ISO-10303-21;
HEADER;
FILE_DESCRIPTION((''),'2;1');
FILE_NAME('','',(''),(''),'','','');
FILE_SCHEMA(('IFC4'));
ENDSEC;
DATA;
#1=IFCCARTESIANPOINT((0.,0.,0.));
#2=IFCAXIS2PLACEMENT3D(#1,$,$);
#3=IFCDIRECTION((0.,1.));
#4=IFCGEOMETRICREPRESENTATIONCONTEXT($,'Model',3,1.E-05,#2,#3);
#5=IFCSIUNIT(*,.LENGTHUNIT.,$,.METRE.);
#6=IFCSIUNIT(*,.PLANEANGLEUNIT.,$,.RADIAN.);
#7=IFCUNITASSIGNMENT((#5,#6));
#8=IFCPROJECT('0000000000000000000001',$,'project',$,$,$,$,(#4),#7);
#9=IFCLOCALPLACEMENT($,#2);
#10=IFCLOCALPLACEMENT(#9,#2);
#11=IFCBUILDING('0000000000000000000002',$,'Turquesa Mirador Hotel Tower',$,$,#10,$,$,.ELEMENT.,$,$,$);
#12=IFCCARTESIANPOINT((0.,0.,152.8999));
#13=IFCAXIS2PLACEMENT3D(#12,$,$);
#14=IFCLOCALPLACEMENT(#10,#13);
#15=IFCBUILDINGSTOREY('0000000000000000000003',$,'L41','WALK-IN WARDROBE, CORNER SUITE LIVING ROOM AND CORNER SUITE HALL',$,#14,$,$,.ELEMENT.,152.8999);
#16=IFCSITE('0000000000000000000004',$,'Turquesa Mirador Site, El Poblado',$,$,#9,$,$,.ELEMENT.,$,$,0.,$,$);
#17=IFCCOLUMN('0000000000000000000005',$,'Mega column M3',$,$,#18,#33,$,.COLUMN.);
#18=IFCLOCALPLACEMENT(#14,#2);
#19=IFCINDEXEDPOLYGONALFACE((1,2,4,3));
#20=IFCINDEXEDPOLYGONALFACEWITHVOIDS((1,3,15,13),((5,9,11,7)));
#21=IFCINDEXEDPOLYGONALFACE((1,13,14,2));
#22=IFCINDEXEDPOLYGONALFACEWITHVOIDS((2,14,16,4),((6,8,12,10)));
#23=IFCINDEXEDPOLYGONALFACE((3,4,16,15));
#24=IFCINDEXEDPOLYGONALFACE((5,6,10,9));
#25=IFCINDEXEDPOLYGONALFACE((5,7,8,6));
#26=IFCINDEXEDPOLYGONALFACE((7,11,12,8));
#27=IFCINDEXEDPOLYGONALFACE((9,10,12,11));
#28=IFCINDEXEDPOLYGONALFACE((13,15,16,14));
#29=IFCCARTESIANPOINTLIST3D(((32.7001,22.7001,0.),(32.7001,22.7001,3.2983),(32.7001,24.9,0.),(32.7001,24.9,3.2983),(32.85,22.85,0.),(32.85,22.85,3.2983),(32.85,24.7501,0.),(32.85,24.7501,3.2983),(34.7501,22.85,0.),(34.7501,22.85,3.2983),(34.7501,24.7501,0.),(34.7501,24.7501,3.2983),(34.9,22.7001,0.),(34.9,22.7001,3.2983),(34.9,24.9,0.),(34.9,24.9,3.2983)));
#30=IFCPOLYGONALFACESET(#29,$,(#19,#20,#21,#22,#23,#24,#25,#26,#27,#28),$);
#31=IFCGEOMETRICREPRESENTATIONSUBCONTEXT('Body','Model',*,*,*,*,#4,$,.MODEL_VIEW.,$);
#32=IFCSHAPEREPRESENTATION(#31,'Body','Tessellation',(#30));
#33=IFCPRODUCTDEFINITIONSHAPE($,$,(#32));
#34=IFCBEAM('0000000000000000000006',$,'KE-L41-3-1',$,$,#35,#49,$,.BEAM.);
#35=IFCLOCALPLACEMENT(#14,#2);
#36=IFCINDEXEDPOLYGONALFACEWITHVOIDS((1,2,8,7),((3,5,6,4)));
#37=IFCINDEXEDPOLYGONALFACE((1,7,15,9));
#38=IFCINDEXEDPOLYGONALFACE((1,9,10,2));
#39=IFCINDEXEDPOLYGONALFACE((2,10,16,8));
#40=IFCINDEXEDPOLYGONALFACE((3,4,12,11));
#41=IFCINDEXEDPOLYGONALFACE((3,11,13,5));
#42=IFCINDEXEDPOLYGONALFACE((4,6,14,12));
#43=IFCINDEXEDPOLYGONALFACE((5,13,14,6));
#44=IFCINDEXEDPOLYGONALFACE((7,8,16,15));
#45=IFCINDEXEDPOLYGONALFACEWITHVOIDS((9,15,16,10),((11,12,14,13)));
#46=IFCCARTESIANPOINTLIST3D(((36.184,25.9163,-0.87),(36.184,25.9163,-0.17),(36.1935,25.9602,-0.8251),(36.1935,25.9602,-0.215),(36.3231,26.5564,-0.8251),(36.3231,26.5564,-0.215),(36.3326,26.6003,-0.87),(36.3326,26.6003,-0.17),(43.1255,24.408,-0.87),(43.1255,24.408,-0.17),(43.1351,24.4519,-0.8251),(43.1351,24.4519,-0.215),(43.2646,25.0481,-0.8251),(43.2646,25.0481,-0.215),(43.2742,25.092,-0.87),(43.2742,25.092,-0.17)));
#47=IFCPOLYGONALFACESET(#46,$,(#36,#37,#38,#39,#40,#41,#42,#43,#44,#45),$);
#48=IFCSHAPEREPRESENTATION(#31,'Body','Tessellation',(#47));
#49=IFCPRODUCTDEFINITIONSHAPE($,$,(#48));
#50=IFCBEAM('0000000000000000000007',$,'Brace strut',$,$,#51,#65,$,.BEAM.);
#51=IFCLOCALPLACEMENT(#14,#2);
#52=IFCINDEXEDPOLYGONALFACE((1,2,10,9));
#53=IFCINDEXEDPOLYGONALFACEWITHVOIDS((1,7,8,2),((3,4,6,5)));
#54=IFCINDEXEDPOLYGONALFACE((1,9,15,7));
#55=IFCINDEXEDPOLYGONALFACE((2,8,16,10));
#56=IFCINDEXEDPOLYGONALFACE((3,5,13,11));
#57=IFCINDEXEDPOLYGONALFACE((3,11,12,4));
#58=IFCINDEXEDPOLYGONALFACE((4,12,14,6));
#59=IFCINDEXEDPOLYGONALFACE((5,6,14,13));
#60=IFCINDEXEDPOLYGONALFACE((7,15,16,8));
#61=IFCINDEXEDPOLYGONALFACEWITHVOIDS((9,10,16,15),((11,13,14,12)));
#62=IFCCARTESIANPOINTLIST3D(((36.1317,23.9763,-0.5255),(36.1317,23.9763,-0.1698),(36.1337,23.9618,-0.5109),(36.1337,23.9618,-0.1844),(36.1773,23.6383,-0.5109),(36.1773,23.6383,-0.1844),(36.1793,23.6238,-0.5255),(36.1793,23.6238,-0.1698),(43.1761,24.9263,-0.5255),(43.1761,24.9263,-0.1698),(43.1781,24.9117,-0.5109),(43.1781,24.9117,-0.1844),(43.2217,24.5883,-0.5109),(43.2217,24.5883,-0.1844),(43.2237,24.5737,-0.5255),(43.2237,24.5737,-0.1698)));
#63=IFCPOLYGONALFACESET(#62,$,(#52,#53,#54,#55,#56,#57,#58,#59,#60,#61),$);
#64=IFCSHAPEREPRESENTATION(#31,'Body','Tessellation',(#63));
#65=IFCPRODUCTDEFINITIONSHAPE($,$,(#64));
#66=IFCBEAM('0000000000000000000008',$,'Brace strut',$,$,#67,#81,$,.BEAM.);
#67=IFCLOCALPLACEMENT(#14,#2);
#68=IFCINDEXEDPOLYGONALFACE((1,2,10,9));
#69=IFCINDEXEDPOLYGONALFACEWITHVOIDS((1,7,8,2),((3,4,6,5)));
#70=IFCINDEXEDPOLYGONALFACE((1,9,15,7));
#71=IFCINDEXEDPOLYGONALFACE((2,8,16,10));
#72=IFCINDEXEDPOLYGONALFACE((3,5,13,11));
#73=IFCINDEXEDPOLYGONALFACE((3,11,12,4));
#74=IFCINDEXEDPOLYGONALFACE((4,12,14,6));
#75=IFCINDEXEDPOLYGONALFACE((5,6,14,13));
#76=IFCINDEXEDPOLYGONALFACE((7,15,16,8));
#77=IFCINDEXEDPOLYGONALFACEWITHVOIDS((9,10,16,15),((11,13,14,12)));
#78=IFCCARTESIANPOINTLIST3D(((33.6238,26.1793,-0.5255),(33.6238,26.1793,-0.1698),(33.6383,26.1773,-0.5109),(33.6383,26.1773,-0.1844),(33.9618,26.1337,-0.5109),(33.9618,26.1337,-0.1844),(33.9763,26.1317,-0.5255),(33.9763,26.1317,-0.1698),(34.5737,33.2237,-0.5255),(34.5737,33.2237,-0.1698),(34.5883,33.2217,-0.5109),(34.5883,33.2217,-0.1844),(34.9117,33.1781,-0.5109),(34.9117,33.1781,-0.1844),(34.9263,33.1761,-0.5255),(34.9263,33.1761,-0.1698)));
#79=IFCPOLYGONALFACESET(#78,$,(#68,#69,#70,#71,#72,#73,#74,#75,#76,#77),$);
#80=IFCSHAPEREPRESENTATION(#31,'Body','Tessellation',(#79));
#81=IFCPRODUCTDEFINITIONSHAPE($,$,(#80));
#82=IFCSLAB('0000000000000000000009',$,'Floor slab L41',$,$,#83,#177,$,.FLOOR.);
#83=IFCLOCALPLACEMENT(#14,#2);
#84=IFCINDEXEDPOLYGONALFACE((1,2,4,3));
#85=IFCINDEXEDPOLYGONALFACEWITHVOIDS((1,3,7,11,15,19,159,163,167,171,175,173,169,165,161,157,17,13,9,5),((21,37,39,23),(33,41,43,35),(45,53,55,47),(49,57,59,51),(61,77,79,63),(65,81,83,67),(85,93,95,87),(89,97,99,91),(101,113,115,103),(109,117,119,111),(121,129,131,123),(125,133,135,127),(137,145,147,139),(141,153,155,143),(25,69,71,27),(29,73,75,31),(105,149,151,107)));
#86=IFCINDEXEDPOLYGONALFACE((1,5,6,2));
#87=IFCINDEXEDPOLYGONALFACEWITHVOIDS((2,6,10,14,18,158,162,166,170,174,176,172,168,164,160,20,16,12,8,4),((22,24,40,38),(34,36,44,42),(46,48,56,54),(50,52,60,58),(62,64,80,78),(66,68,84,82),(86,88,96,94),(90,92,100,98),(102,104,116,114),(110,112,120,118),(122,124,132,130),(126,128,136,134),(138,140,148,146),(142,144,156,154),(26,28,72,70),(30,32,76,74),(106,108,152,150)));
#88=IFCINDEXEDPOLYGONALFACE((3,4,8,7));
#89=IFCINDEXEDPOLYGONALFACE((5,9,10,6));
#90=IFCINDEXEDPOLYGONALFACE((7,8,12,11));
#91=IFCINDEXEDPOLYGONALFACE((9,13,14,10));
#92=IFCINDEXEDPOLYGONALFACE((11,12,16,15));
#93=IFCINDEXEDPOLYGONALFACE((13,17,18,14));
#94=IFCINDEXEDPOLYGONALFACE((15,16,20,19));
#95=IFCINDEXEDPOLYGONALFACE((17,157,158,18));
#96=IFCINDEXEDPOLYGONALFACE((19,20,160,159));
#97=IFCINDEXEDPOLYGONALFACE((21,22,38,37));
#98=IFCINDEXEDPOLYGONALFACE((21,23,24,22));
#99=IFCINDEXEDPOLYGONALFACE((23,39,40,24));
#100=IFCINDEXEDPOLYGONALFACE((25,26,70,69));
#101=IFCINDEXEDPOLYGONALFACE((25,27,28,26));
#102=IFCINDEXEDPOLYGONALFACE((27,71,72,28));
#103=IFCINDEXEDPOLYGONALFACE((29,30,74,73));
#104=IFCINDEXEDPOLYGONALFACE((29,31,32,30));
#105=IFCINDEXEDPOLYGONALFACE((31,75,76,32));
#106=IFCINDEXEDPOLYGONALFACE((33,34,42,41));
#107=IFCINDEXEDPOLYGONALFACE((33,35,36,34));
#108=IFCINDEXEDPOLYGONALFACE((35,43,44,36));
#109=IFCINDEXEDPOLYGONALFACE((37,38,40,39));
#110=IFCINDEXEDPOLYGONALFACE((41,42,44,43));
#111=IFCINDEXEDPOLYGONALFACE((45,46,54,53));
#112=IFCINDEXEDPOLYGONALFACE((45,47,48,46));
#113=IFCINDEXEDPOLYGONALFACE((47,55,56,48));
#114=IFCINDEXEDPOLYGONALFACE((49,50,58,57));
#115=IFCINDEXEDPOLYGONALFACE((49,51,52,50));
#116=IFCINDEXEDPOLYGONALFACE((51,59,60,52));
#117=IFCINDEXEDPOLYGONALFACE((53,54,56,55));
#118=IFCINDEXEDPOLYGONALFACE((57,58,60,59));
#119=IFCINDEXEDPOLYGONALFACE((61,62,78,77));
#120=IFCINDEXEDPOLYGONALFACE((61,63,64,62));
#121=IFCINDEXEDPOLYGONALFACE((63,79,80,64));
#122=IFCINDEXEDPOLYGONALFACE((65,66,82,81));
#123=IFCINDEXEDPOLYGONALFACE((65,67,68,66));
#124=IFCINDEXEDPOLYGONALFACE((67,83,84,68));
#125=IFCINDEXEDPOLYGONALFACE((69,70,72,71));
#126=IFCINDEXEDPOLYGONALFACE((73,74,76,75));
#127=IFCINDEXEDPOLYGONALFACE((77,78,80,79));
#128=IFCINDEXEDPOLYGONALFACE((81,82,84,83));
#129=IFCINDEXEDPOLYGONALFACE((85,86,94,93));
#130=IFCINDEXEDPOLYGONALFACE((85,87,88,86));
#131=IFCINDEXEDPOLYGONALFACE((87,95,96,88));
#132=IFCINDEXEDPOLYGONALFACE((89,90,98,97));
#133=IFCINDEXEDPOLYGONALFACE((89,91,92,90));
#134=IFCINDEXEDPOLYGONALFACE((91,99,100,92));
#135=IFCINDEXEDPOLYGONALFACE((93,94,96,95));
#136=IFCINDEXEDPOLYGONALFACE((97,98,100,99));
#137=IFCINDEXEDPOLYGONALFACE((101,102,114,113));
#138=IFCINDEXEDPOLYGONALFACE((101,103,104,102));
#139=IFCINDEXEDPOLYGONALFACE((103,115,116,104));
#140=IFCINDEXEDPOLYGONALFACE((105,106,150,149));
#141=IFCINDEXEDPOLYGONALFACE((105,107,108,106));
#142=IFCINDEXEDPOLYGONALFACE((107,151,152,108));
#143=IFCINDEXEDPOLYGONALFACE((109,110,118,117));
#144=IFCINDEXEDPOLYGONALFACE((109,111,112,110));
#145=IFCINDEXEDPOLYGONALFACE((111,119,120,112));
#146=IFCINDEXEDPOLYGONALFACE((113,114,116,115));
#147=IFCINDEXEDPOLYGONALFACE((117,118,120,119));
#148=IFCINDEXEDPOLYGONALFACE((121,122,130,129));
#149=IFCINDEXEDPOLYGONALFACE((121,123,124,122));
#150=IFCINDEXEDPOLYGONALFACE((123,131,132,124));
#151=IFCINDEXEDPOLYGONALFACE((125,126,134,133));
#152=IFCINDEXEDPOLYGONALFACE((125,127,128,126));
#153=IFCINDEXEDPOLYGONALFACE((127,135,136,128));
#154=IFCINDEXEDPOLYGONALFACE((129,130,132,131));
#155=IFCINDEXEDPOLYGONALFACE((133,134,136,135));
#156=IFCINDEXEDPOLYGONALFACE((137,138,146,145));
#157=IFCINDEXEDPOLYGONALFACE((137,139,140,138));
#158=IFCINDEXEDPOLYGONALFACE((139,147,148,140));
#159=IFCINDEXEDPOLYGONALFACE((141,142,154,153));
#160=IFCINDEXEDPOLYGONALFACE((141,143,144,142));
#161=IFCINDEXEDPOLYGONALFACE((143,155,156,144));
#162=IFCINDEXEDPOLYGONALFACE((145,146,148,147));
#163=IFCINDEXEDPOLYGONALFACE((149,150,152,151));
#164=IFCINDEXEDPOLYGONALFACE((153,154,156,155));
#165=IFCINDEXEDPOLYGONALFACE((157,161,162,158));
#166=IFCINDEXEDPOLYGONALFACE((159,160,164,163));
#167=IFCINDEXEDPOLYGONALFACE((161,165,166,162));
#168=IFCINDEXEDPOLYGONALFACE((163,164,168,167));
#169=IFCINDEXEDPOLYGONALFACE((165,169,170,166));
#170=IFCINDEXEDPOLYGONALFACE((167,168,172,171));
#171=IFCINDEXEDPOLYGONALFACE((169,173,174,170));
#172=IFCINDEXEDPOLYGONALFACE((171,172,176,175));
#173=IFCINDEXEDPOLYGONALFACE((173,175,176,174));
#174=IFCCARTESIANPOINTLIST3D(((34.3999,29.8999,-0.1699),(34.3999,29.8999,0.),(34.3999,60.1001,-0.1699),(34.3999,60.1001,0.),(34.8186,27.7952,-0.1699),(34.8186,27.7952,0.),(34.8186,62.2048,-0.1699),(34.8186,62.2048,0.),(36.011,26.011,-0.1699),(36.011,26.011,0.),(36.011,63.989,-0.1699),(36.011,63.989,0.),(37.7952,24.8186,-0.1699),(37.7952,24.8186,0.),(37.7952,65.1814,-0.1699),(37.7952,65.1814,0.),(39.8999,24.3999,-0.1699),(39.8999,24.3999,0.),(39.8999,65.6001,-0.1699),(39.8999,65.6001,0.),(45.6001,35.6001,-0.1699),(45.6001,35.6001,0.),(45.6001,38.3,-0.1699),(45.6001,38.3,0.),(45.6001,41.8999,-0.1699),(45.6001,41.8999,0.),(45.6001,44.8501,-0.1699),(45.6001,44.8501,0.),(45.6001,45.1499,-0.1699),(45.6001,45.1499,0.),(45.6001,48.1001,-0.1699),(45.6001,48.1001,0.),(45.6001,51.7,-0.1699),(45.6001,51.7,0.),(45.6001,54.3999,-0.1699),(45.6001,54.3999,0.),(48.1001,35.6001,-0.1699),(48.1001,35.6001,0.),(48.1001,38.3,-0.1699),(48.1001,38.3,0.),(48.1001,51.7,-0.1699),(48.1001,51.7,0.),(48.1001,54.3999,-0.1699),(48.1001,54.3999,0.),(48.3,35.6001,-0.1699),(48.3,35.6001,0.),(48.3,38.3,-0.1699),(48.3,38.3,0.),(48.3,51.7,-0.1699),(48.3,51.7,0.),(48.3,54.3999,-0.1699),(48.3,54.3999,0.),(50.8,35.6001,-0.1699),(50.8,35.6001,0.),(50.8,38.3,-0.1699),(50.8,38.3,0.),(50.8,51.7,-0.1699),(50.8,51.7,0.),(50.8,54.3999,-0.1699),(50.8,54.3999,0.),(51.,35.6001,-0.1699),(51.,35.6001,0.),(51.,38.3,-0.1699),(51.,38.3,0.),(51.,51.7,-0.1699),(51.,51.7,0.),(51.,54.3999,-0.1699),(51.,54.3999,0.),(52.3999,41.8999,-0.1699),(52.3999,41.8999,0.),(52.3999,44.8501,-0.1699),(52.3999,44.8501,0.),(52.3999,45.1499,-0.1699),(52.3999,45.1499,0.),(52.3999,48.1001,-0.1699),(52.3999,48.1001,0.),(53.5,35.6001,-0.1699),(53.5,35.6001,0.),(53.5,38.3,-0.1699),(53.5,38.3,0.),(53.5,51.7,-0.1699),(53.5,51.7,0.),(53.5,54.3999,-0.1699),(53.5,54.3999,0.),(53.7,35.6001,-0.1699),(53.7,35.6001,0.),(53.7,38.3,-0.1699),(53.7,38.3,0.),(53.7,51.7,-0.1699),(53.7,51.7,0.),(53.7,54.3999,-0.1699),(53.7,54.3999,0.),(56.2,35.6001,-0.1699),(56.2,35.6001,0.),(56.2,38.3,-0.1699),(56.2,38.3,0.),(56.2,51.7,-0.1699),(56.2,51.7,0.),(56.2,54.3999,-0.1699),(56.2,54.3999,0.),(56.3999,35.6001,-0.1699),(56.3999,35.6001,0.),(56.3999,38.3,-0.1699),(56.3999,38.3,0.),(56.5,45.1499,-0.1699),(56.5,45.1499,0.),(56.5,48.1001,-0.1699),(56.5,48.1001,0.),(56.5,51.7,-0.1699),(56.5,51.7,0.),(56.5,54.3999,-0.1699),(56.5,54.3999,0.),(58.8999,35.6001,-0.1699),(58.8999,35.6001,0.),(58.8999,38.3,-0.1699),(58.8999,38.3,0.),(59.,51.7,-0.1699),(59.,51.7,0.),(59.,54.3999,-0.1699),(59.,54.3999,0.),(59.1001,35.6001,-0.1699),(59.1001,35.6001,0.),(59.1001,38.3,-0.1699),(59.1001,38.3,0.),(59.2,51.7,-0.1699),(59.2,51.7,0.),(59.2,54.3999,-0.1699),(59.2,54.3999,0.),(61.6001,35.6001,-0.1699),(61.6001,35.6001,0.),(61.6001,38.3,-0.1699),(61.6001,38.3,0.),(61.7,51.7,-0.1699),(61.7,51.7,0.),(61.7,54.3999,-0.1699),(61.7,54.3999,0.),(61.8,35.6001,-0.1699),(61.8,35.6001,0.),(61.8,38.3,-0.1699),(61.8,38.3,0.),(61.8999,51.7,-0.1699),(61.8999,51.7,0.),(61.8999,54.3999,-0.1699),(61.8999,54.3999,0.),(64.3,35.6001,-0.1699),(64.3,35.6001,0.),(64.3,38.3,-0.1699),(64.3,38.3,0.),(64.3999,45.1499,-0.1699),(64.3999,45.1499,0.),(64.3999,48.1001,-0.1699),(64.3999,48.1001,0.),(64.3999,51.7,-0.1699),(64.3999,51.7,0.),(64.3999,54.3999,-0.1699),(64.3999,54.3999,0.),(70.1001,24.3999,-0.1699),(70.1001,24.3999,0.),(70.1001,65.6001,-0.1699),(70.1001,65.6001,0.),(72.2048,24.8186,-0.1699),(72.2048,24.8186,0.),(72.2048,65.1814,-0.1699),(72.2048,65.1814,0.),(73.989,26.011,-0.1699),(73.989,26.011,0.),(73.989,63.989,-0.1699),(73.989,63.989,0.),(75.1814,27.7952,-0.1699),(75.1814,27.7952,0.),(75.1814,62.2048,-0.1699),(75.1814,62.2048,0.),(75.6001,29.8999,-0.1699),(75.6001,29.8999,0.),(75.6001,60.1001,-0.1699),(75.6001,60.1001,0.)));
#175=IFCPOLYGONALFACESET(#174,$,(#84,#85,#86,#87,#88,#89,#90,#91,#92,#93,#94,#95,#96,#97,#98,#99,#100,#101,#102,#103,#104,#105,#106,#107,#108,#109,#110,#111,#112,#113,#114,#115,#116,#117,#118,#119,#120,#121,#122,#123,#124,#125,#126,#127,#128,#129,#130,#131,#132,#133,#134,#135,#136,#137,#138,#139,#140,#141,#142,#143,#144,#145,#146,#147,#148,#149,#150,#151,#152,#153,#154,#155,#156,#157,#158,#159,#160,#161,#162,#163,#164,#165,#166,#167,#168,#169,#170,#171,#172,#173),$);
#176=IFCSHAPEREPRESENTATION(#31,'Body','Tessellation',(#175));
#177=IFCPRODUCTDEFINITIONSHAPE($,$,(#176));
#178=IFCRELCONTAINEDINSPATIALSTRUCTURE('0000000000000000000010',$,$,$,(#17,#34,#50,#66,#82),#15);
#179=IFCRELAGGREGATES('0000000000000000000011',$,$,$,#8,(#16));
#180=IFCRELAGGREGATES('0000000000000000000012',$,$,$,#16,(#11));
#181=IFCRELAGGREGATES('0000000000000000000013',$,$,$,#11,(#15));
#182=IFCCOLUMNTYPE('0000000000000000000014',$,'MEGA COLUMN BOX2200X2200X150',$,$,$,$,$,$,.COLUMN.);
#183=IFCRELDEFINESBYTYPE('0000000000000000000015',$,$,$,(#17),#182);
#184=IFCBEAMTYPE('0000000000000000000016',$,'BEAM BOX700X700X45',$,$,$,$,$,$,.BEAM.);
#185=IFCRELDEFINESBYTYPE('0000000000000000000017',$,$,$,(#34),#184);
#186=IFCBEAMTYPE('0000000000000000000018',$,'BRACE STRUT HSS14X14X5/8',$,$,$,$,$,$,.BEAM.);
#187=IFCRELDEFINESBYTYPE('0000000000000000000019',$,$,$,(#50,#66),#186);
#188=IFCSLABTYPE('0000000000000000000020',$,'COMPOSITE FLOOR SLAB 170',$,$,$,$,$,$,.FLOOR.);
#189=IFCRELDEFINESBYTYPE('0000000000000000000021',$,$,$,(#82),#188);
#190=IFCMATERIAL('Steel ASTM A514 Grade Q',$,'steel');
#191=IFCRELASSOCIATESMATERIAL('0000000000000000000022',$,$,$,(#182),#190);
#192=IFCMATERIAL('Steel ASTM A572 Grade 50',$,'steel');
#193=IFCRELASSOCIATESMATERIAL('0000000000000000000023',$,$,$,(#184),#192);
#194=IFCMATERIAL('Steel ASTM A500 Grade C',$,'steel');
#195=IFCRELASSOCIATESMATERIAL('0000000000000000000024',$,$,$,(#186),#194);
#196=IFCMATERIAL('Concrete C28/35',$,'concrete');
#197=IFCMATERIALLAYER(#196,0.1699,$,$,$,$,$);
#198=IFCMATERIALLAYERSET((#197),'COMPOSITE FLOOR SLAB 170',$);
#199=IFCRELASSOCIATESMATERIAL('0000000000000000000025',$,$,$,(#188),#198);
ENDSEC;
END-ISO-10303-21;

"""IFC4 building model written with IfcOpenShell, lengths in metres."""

from ifc_helpers import new_model, si_unit, direction, frame, origin, origin_2d, place, context, subcontext, project, spatial, polyline, hollow_rectangle, outline, extrude, clip, halfspace, material, layer, layer_set, material_profile, profile_set, type_object, element, save


model = new_model("IFC4")

# Units and contexts
model_context = context("Model", 3, precision=1e-05, world=origin(), true_north=direction((0.0, 1.0)))
body_context = subcontext(model_context, "Body", "Model", "MODEL_VIEW")
ifc_project = project(units=[si_unit("LENGTHUNIT", "METRE"), si_unit("PLANEANGLEUNIT", "RADIAN")], contexts=[model_context])

# Site, building, storey
site_placement = place(None, origin())
site = spatial("IfcSite", under=ifc_project, at=site_placement, Name="Turquesa Mirador Site, El Poblado", CompositionType="ELEMENT", RefElevation=0.0)
building_placement = place(site_placement, origin())
building = spatial("IfcBuilding", under=site, at=building_placement, Name="Turquesa Mirador Hotel Tower", CompositionType="ELEMENT")
storey_placement = place(building_placement, frame((0.0, 0.0, 152.8999)))
storey = spatial("IfcBuildingStorey", under=building, at=storey_placement, Name="L41", Description="WALK-IN WARDROBE, CORNER SUITE LIVING ROOM AND CORNER SUITE HALL", CompositionType="ELEMENT", Elevation=152.8999)

# Column
ifc_material_1 = material(Name="Steel ASTM A514 Grade Q", Category="steel")
ifc_material_profile_1 = material_profile(ifc_material_1, hollow_rectangle(XDim=2.2, YDim=2.2, WallThickness=0.1499, at=origin_2d()), Name="BOX2200X2200X150")
ifc_profile_set_1 = profile_set([ifc_material_profile_1], Name="Steel ASTM A514 Grade Q")
column_type = type_object("IfcColumnType", Name="MEGA COLUMN BOX2200X2200X150", PredefinedType="COLUMN", material=ifc_profile_set_1)
column_placement = place(storey_placement, frame((33.8, 23.8, 0.0), z_axis=(0.0, 0.0, 1.0), x_axis=(1.0, 0.0, 0.0)))
element("IfcColumn", 1, at=column_placement, inside=storey, type_object=column_type, Name="Mega column M3", PredefinedType="COLUMN", context=body_context, shape_type="Clipping", body=[
    clip(extrude(hollow_rectangle(XDim=2.2, YDim=2.2, WallThickness=0.1499, at=origin_2d()), origin(), (0.0, 0.0, 1.0), 3.5), halfspace(frame((0.0, 0.0, 3.2983), z_axis=(0.0, 0.0, 1.0), x_axis=(1.0, 0.0, 0.0)), False)),
])

# Beams
ifc_material_2 = material(Name="Steel ASTM A572 Grade 50", Category="steel")
ifc_material_profile_2 = material_profile(ifc_material_2, hollow_rectangle(XDim=0.7, YDim=0.7, WallThickness=0.0449, at=origin_2d()), Name="BOX700X700X45")
ifc_profile_set_2 = profile_set([ifc_material_profile_2], Name="Steel ASTM A572 Grade 50")
beam_type_1 = type_object("IfcBeamType", Name="BEAM BOX700X700X45", PredefinedType="BEAM", material=ifc_profile_set_2)
beam_placement = place(storey_placement, frame((36.2583, 26.2583, -0.52), z_axis=(0.977198, -0.212328, 0.0), x_axis=(0.212328, 0.977198, 0.0)))
element("IfcBeam", 2, at=beam_placement, inside=storey, type_object=beam_type_1, Name="KE-L41-3-1", PredefinedType="BEAM", context=body_context, shape_type="SweptSolid", body=[
    extrude(hollow_rectangle(XDim=0.7, YDim=0.7, WallThickness=0.0449, at=origin_2d()), origin(), (0.0, 0.0, 1.0), 7.1035),
])
ifc_material_3 = material(Name="Steel ASTM A500 Grade C", Category="steel")
ifc_material_profile_3 = material_profile(ifc_material_3, hollow_rectangle(XDim=0.3557, YDim=0.3557, WallThickness=0.0146, at=origin_2d()), Name="HSS14X14X5/8")
ifc_profile_set_3 = profile_set([ifc_material_profile_3], Name="Steel ASTM A500 Grade C")
beam_type_2 = type_object("IfcBeamType", Name="BRACE STRUT HSS14X14X5/8", PredefinedType="BEAM", material=ifc_profile_set_3)
for number, where, z_axis, x_axis, name in (
    (3, (36.1555, 23.8, -0.3477), (0.99103, 0.133642, 0.0), (-0.133642, 0.99103, 0.0), "Brace strut"),
    (4, (33.8, 26.1555, -0.3477), (0.133642, 0.99103, 0.0), (-0.99103, 0.133642, 0.0), "Brace strut"),
):
    element("IfcBeam", number, at=place(storey_placement, frame(where, z_axis=z_axis, x_axis=x_axis)), inside=storey, type_object=beam_type_2, Name=name, PredefinedType="BEAM", context=body_context, shape_type="SweptSolid", body=[
        extrude(hollow_rectangle(XDim=0.3557, YDim=0.3557, WallThickness=0.0146, at=origin_2d()), origin(), (0.0, 0.0, 1.0), 7.1082),
    ])

# Slab
ifc_material_4 = material(Name="Concrete C28/35", Category="concrete")
ifc_layer_1 = layer(ifc_material_4, 0.1699)
ifc_layer_set_1 = layer_set([ifc_layer_1], Name="COMPOSITE FLOOR SLAB 170")
slab_type_1 = type_object("IfcSlabType", Name="COMPOSITE FLOOR SLAB 170", PredefinedType="FLOOR", material=ifc_layer_set_1)
slab_1_placement = place(storey_placement, frame((0.0, 0.0, -0.1699)))
element("IfcSlab", 5, at=slab_1_placement, inside=storey, type_object=slab_type_1, Name="Floor slab L41", PredefinedType="FLOOR", context=body_context, shape_type="SweptSolid", body=[
    extrude(outline(polyline([(70.1001, 24.3999), (72.2048, 24.8186), (73.989, 26.011), (75.1814, 27.7952), (75.6001, 29.8999), (75.6001, 60.1001), (75.1814, 62.2048), (73.989, 63.989), (72.2048, 65.1814), (70.1001, 65.6001), (39.8999, 65.6001), (37.7952, 65.1814), (36.011, 63.989), (34.8186, 62.2048), (34.3999, 60.1001), (34.3999, 29.8999), (34.8186, 27.7952), (36.011, 26.011), (37.7952, 24.8186), (39.8999, 24.3999), (70.1001, 24.3999)]), holes=[polyline([(45.6001, 51.7), (48.1001, 51.7), (48.1001, 54.3999), (45.6001, 54.3999), (45.6001, 51.7)]), polyline([(48.3, 51.7), (50.8, 51.7), (50.8, 54.3999), (48.3, 54.3999), (48.3, 51.7)]), polyline([(51.0, 51.7), (53.5, 51.7), (53.5, 54.3999), (51.0, 54.3999), (51.0, 51.7)]), polyline([(53.7, 51.7), (56.2, 51.7), (56.2, 54.3999), (53.7, 54.3999), (53.7, 51.7)]), polyline([(56.5, 51.7), (59.0, 51.7), (59.0, 54.3999), (56.5, 54.3999), (56.5, 51.7)]), polyline([(59.2, 51.7), (61.7, 51.7), (61.7, 54.3999), (59.2, 54.3999), (59.2, 51.7)]), polyline([(45.6001, 35.6001), (48.1001, 35.6001), (48.1001, 38.3), (45.6001, 38.3), (45.6001, 35.6001)]), polyline([(48.3, 35.6001), (50.8, 35.6001), (50.8, 38.3), (48.3, 38.3), (48.3, 35.6001)]), polyline([(51.0, 35.6001), (53.5, 35.6001), (53.5, 38.3), (51.0, 38.3), (51.0, 35.6001)]), polyline([(53.7, 35.6001), (56.2, 35.6001), (56.2, 38.3), (53.7, 38.3), (53.7, 35.6001)]), polyline([(56.3999, 35.6001), (58.8999, 35.6001), (58.8999, 38.3), (56.3999, 38.3), (56.3999, 35.6001)]), polyline([(59.1001, 35.6001), (61.6001, 35.6001), (61.6001, 38.3), (59.1001, 38.3), (59.1001, 35.6001)]), polyline([(61.8, 35.6001), (64.3, 35.6001), (64.3, 38.3), (61.8, 38.3), (61.8, 35.6001)]), polyline([(45.6001, 45.1499), (52.3999, 45.1499), (52.3999, 48.1001), (45.6001, 48.1001), (45.6001, 45.1499)]), polyline([(45.6001, 41.8999), (52.3999, 41.8999), (52.3999, 44.8501), (45.6001, 44.8501), (45.6001, 41.8999)]), polyline([(56.5, 45.1499), (64.3999, 45.1499), (64.3999, 48.1001), (56.5, 48.1001), (56.5, 45.1499)]), polyline([(61.8999, 51.7), (64.3999, 51.7), (64.3999, 54.3999), (61.8999, 54.3999), (61.8999, 51.7)])]), origin(), (0.0, 0.0, 1.0), 0.1699),
])

save(model, "model.ifc")
